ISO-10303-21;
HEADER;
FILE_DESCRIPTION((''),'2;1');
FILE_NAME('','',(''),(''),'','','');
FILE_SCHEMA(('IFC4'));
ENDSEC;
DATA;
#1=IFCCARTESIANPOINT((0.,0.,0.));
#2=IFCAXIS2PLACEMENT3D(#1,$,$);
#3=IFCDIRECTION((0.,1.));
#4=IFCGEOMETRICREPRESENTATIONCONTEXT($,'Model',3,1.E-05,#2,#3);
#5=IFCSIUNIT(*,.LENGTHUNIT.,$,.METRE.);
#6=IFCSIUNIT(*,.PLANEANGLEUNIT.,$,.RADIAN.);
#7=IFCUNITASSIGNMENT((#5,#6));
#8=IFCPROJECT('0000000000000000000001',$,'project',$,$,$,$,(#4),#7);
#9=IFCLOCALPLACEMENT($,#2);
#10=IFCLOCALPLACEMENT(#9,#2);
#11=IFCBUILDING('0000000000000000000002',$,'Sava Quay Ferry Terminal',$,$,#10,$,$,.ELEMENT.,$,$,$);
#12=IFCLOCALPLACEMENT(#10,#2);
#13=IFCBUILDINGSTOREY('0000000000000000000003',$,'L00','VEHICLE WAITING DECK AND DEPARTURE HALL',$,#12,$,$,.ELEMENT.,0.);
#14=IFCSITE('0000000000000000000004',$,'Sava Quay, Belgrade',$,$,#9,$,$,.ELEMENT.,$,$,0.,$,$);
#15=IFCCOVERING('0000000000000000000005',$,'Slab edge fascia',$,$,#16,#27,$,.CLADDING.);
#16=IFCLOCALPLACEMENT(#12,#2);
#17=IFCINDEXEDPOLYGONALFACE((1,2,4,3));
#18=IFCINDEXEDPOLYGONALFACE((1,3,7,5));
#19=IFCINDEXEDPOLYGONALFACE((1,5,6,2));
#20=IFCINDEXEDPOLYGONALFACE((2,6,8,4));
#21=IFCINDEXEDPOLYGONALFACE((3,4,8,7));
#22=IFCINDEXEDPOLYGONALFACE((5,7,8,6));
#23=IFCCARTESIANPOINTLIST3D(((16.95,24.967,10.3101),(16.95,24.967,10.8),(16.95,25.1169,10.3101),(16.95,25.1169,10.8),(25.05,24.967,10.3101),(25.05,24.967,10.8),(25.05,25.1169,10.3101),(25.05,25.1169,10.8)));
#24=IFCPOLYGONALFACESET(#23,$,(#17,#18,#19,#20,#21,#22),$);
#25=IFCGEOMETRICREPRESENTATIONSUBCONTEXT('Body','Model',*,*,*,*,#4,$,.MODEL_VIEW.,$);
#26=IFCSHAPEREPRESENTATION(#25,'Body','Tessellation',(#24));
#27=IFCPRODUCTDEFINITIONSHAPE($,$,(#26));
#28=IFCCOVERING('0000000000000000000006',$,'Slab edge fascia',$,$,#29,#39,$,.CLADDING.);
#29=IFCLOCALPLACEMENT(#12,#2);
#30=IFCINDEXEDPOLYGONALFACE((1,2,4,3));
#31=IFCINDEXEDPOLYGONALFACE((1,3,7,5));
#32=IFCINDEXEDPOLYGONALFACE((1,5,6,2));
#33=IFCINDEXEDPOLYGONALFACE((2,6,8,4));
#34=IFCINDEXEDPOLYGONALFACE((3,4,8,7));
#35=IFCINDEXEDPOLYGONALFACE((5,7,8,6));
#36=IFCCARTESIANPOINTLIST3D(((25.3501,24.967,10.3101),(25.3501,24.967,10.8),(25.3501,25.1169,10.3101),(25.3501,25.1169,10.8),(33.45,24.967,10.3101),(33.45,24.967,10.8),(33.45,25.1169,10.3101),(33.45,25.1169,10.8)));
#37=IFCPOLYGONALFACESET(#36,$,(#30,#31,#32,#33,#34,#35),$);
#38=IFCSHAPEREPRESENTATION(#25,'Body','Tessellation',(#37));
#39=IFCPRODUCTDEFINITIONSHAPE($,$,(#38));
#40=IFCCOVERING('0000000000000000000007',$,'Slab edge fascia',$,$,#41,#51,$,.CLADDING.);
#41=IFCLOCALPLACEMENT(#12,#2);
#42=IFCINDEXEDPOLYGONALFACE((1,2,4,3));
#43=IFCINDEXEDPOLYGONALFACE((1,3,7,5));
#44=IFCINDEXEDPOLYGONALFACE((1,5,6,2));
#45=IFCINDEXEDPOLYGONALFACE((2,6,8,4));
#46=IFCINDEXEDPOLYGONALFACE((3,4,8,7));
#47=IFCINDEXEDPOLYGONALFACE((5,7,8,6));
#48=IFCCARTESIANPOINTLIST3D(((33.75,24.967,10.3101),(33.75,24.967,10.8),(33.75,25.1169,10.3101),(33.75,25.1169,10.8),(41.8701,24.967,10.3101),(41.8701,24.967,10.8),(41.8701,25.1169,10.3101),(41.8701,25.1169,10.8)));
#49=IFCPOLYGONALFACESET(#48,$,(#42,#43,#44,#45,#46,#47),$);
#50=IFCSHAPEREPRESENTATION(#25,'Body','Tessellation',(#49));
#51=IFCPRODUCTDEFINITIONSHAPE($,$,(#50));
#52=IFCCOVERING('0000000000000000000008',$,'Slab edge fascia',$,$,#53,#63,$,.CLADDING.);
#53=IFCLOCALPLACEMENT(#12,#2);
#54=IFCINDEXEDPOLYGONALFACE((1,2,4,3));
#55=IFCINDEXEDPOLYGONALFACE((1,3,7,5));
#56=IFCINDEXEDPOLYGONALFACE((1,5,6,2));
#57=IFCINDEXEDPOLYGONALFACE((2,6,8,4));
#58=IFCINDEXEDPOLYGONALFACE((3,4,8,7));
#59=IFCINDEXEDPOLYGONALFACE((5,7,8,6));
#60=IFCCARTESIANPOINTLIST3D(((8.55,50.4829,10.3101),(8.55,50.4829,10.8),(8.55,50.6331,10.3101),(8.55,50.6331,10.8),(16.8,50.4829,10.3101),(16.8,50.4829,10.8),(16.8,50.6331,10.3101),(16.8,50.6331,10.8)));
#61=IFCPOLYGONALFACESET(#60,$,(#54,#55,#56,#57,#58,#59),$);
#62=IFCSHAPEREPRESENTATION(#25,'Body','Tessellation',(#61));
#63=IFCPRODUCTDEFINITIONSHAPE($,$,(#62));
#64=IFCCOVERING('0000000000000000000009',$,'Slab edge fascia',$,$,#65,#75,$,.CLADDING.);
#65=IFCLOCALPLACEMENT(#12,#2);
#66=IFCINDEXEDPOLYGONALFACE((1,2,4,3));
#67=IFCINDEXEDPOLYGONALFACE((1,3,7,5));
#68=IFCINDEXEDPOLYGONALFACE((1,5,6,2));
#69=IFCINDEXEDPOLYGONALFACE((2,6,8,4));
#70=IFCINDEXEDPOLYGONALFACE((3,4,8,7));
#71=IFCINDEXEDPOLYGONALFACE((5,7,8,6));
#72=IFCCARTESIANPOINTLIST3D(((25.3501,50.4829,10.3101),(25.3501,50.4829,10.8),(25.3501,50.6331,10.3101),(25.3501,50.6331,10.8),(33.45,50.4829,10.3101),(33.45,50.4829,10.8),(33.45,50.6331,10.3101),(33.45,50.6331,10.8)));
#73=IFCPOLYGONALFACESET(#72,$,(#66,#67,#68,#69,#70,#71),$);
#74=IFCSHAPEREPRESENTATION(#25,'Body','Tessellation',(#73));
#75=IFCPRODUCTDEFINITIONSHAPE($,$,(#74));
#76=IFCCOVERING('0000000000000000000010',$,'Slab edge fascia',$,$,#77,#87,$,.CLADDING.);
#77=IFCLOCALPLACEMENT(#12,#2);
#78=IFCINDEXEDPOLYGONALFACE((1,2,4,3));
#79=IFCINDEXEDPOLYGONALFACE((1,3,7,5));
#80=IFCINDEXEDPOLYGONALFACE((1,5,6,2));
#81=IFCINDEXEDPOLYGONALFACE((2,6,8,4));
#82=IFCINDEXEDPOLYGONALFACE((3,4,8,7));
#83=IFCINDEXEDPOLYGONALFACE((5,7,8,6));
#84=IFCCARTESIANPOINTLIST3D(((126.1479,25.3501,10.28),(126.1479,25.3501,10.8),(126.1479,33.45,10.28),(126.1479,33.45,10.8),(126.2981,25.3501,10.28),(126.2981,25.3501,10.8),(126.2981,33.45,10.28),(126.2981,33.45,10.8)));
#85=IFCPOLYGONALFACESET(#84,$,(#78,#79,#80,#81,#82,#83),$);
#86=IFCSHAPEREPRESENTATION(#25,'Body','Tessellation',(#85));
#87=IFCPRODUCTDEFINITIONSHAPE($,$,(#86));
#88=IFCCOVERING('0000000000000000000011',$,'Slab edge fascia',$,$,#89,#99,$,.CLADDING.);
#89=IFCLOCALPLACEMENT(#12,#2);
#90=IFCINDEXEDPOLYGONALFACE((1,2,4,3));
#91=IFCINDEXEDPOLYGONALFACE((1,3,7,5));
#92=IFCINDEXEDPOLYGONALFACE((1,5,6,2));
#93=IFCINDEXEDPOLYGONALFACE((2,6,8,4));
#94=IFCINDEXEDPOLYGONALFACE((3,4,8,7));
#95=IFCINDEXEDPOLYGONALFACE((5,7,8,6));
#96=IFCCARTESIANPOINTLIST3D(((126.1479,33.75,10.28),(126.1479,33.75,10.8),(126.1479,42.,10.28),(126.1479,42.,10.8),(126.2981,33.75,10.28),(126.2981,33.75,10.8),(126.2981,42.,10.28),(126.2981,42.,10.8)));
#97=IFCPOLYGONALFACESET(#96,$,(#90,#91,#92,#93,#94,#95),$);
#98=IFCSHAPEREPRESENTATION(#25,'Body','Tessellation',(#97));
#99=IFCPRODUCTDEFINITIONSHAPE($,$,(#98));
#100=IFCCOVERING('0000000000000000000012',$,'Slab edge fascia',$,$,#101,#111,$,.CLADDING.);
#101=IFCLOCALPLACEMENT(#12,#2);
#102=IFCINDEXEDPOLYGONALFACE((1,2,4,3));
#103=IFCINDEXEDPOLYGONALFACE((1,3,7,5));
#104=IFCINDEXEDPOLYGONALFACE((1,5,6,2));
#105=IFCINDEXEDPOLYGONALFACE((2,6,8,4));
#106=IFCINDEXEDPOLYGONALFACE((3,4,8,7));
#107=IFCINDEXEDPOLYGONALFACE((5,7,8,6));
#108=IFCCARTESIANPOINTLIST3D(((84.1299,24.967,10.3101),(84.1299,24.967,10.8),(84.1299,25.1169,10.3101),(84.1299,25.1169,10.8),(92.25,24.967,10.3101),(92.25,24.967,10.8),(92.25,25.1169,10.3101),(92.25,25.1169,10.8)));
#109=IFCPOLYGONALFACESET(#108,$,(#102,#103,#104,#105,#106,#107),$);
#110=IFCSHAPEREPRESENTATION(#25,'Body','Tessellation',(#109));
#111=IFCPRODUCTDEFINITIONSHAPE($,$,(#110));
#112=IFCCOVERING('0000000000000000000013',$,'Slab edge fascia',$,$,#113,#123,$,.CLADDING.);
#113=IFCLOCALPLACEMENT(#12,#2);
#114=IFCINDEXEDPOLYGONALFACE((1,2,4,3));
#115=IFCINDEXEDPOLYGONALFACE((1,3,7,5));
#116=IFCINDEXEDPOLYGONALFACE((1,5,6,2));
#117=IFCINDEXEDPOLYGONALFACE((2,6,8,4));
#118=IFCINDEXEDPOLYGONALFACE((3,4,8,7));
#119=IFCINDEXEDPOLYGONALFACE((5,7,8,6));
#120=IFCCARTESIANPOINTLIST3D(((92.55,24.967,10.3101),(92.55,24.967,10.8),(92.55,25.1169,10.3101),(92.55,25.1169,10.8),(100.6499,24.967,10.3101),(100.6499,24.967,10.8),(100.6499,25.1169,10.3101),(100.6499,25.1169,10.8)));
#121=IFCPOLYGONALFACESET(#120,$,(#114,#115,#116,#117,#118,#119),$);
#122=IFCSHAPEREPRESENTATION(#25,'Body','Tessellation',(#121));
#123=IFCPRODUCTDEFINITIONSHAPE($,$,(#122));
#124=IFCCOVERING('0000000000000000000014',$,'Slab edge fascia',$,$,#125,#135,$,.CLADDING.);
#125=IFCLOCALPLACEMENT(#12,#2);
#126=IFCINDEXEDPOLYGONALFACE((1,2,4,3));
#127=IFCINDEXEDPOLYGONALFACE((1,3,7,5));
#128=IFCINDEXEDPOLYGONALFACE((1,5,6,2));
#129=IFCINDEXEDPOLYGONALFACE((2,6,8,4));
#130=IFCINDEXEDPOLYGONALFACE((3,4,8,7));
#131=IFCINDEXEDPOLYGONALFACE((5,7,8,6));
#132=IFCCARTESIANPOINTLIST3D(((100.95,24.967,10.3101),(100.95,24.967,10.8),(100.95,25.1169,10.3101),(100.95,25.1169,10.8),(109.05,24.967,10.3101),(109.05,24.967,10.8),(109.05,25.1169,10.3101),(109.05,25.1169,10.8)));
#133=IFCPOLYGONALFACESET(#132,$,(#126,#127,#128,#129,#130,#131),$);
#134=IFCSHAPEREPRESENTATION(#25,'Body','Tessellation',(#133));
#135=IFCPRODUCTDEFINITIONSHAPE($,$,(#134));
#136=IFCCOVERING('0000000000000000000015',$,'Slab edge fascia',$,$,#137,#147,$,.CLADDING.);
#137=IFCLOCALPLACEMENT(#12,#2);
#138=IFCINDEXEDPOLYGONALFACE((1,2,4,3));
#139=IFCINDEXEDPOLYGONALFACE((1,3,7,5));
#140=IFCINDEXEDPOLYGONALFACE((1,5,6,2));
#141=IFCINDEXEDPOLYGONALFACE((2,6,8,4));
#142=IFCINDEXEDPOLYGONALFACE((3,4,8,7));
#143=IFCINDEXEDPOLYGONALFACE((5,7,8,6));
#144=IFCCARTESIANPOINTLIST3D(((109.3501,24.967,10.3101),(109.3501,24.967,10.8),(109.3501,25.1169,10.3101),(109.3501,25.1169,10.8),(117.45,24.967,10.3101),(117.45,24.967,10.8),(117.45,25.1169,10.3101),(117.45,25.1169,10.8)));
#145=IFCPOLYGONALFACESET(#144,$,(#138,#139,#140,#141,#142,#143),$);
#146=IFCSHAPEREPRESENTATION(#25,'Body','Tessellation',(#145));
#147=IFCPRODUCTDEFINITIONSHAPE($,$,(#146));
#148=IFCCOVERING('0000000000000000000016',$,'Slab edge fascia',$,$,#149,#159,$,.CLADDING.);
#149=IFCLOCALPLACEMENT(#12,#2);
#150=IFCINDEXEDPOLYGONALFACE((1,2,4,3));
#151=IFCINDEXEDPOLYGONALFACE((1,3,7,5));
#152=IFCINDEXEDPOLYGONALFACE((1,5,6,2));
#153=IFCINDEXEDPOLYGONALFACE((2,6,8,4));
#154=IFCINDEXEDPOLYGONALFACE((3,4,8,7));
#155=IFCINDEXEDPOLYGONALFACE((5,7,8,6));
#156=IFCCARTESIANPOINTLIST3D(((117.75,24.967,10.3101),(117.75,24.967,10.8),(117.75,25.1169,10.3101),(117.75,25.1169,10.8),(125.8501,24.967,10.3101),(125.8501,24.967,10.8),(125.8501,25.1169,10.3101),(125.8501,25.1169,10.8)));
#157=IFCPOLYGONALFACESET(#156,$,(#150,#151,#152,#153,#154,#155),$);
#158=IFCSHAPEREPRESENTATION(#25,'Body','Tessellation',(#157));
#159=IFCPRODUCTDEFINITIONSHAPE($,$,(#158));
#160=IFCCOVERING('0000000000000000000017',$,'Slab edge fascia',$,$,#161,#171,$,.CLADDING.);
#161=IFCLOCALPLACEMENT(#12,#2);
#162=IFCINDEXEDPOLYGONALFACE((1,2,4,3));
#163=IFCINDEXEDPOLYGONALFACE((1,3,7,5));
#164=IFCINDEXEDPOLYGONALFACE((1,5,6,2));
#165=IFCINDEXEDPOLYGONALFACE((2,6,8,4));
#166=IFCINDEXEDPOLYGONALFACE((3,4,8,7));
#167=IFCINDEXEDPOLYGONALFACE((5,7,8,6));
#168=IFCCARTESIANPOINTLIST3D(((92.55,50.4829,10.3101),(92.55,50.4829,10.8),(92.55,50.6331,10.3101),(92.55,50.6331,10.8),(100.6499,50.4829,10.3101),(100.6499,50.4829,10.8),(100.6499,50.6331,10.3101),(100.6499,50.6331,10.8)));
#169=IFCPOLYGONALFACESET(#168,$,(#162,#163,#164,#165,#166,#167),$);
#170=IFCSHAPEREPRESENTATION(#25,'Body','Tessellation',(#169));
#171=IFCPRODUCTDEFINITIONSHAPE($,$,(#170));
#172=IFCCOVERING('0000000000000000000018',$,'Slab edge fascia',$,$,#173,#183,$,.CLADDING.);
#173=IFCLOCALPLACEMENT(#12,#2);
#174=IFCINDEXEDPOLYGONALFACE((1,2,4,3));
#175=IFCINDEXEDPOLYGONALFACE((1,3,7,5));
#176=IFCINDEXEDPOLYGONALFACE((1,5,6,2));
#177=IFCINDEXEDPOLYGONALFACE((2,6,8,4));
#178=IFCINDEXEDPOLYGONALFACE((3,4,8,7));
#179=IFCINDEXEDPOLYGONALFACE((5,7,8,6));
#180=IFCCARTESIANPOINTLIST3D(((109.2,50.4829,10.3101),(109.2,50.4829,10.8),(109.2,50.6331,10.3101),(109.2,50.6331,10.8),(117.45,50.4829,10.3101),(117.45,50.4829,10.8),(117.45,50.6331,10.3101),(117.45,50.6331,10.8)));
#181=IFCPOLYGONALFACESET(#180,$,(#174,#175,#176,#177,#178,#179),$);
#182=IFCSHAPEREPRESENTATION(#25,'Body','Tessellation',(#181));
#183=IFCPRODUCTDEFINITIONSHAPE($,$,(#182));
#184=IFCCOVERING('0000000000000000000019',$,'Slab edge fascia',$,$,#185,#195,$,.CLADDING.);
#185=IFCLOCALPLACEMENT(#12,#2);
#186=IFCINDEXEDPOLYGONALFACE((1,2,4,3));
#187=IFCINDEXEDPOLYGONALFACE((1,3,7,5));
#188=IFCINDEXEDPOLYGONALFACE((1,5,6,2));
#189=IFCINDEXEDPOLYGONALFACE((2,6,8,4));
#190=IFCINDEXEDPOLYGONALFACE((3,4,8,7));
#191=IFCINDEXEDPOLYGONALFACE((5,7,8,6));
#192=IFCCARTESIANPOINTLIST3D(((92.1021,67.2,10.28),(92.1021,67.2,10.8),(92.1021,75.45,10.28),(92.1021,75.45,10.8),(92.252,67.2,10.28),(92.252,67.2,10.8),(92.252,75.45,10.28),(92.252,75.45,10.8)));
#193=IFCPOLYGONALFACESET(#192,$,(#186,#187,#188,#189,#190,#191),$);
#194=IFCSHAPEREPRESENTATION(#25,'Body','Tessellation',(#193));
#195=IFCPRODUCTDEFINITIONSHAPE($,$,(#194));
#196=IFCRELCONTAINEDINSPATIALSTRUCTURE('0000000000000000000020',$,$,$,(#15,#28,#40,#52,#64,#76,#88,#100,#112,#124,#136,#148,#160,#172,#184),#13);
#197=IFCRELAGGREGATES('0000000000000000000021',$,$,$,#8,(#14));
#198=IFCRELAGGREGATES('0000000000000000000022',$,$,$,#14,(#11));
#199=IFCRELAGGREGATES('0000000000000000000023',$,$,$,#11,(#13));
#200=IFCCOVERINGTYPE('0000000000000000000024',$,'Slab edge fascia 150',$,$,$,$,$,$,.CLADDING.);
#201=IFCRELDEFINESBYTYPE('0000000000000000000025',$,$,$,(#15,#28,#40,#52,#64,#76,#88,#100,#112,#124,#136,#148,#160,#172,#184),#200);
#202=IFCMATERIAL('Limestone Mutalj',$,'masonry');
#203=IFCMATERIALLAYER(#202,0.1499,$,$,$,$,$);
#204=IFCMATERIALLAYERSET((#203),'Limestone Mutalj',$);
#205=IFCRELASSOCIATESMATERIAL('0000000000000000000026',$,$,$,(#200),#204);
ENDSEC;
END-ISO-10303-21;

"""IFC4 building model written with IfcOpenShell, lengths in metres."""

from ifc_helpers import new_model, si_unit, direction, frame, origin, place, context, subcontext, project, spatial, polyline, outline, extrude, material, layer, layer_set, type_object, element, save


model = new_model("IFC4")

# Units and contexts
model_context = context("Model", 3, precision=1e-05, world=origin(), true_north=direction((0.0, 1.0)))
body_context = subcontext(model_context, "Body", "Model", "MODEL_VIEW")
ifc_project = project(units=[si_unit("LENGTHUNIT", "METRE"), si_unit("PLANEANGLEUNIT", "RADIAN")], contexts=[model_context])

# Site, building, storey
site_placement = place(None, origin())
site = spatial("IfcSite", under=ifc_project, at=site_placement, Name="Sava Quay, Belgrade", CompositionType="ELEMENT", RefElevation=0.0)
building_placement = place(site_placement, origin())
building = spatial("IfcBuilding", under=site, at=building_placement, Name="Sava Quay Ferry Terminal", CompositionType="ELEMENT")
storey_placement = place(building_placement, origin())
storey = spatial("IfcBuildingStorey", under=building, at=storey_placement, Name="L00", Description="VEHICLE WAITING DECK AND DEPARTURE HALL", CompositionType="ELEMENT", Elevation=0.0)

# Coverings
ifc_material_1 = material(Name="Limestone Mutalj", Category="masonry")
ifc_layer_1 = layer(ifc_material_1, 0.1499)
ifc_layer_set_1 = layer_set([ifc_layer_1], Name="Limestone Mutalj")
covering_type_1 = type_object("IfcCoveringType", Name="Slab edge fascia 150", PredefinedType="CLADDING", material=ifc_layer_set_1)
covering_1_placement = place(storey_placement, frame((0.0, 0.0, 10.3101)))
element("IfcCovering", 1, at=covering_1_placement, inside=storey, type_object=covering_type_1, Name="Slab edge fascia", PredefinedType="CLADDING", context=body_context, shape_type="SweptSolid", body=[
    extrude(outline(polyline([(25.05, 25.1169), (16.95, 25.1169), (16.95, 24.967), (25.05, 24.967), (25.05, 25.1169)])), origin(), (0.0, 0.0, 1.0), 0.49),
])
covering_2_placement = place(storey_placement, frame((0.0, 0.0, 10.3101)))
element("IfcCovering", 2, at=covering_2_placement, inside=storey, type_object=covering_type_1, Name="Slab edge fascia", PredefinedType="CLADDING", context=body_context, shape_type="SweptSolid", body=[
    extrude(outline(polyline([(33.45, 25.1169), (25.3501, 25.1169), (25.3501, 24.967), (33.45, 24.967), (33.45, 25.1169)])), origin(), (0.0, 0.0, 1.0), 0.49),
])
covering_3_placement = place(storey_placement, frame((0.0, 0.0, 10.3101)))
element("IfcCovering", 3, at=covering_3_placement, inside=storey, type_object=covering_type_1, Name="Slab edge fascia", PredefinedType="CLADDING", context=body_context, shape_type="SweptSolid", body=[
    extrude(outline(polyline([(41.8701, 25.1169), (33.75, 25.1169), (33.75, 24.967), (41.8701, 24.967), (41.8701, 25.1169)])), origin(), (0.0, 0.0, 1.0), 0.49),
])
covering_4_placement = place(storey_placement, frame((0.0, 0.0, 10.3101)))
element("IfcCovering", 4, at=covering_4_placement, inside=storey, type_object=covering_type_1, Name="Slab edge fascia", PredefinedType="CLADDING", context=body_context, shape_type="SweptSolid", body=[
    extrude(outline(polyline([(8.55, 50.4829), (16.8, 50.4829), (16.8, 50.6331), (8.55, 50.6331), (8.55, 50.4829)])), origin(), (0.0, 0.0, 1.0), 0.49),
])
covering_5_placement = place(storey_placement, frame((0.0, 0.0, 10.3101)))
element("IfcCovering", 5, at=covering_5_placement, inside=storey, type_object=covering_type_1, Name="Slab edge fascia", PredefinedType="CLADDING", context=body_context, shape_type="SweptSolid", body=[
    extrude(outline(polyline([(25.3501, 50.6331), (25.3501, 50.4829), (33.45, 50.4829), (33.45, 50.6331), (25.3501, 50.6331)])), origin(), (0.0, 0.0, 1.0), 0.49),
])
covering_6_placement = place(storey_placement, frame((0.0, 0.0, 10.28)))
element("IfcCovering", 6, at=covering_6_placement, inside=storey, type_object=covering_type_1, Name="Slab edge fascia", PredefinedType="CLADDING", context=body_context, shape_type="SweptSolid", body=[
    extrude(outline(polyline([(126.1479, 33.45), (126.1479, 25.3501), (126.2981, 25.3501), (126.2981, 33.45), (126.1479, 33.45)])), origin(), (0.0, 0.0, 1.0), 0.52),
])
covering_7_placement = place(storey_placement, frame((0.0, 0.0, 10.28)))
element("IfcCovering", 7, at=covering_7_placement, inside=storey, type_object=covering_type_1, Name="Slab edge fascia", PredefinedType="CLADDING", context=body_context, shape_type="SweptSolid", body=[
    extrude(outline(polyline([(126.1479, 42.0), (126.1479, 33.75), (126.2981, 33.75), (126.2981, 42.0), (126.1479, 42.0)])), origin(), (0.0, 0.0, 1.0), 0.52),
])
covering_8_placement = place(storey_placement, frame((0.0, 0.0, 10.3101)))
element("IfcCovering", 8, at=covering_8_placement, inside=storey, type_object=covering_type_1, Name="Slab edge fascia", PredefinedType="CLADDING", context=body_context, shape_type="SweptSolid", body=[
    extrude(outline(polyline([(92.25, 25.1169), (84.1299, 25.1169), (84.1299, 24.967), (92.25, 24.967), (92.25, 25.1169)])), origin(), (0.0, 0.0, 1.0), 0.49),
])
covering_9_placement = place(storey_placement, frame((0.0, 0.0, 10.3101)))
element("IfcCovering", 9, at=covering_9_placement, inside=storey, type_object=covering_type_1, Name="Slab edge fascia", PredefinedType="CLADDING", context=body_context, shape_type="SweptSolid", body=[
    extrude(outline(polyline([(100.6499, 25.1169), (92.55, 25.1169), (92.55, 24.967), (100.6499, 24.967), (100.6499, 25.1169)])), origin(), (0.0, 0.0, 1.0), 0.49),
])
covering_10_placement = place(storey_placement, frame((0.0, 0.0, 10.3101)))
element("IfcCovering", 10, at=covering_10_placement, inside=storey, type_object=covering_type_1, Name="Slab edge fascia", PredefinedType="CLADDING", context=body_context, shape_type="SweptSolid", body=[
    extrude(outline(polyline([(109.05, 25.1169), (100.95, 25.1169), (100.95, 24.967), (109.05, 24.967), (109.05, 25.1169)])), origin(), (0.0, 0.0, 1.0), 0.49),
])
covering_11_placement = place(storey_placement, frame((0.0, 0.0, 10.3101)))
element("IfcCovering", 11, at=covering_11_placement, inside=storey, type_object=covering_type_1, Name="Slab edge fascia", PredefinedType="CLADDING", context=body_context, shape_type="SweptSolid", body=[
    extrude(outline(polyline([(117.45, 25.1169), (109.3501, 25.1169), (109.3501, 24.967), (117.45, 24.967), (117.45, 25.1169)])), origin(), (0.0, 0.0, 1.0), 0.49),
])
covering_12_placement = place(storey_placement, frame((0.0, 0.0, 10.3101)))
element("IfcCovering", 12, at=covering_12_placement, inside=storey, type_object=covering_type_1, Name="Slab edge fascia", PredefinedType="CLADDING", context=body_context, shape_type="SweptSolid", body=[
    extrude(outline(polyline([(125.8501, 25.1169), (117.75, 25.1169), (117.75, 24.967), (125.8501, 24.967), (125.8501, 25.1169)])), origin(), (0.0, 0.0, 1.0), 0.49),
])
covering_13_placement = place(storey_placement, frame((0.0, 0.0, 10.3101)))
element("IfcCovering", 13, at=covering_13_placement, inside=storey, type_object=covering_type_1, Name="Slab edge fascia", PredefinedType="CLADDING", context=body_context, shape_type="SweptSolid", body=[
    extrude(outline(polyline([(92.55, 50.6331), (92.55, 50.4829), (100.6499, 50.4829), (100.6499, 50.6331), (92.55, 50.6331)])), origin(), (0.0, 0.0, 1.0), 0.49),
])
covering_14_placement = place(storey_placement, frame((0.0, 0.0, 10.3101)))
element("IfcCovering", 14, at=covering_14_placement, inside=storey, type_object=covering_type_1, Name="Slab edge fascia", PredefinedType="CLADDING", context=body_context, shape_type="SweptSolid", body=[
    extrude(outline(polyline([(109.2, 50.6331), (109.2, 50.4829), (117.45, 50.4829), (117.45, 50.6331), (109.2, 50.6331)])), origin(), (0.0, 0.0, 1.0), 0.49),
])
covering_15_placement = place(storey_placement, frame((0.0, 0.0, 10.28)))
element("IfcCovering", 15, at=covering_15_placement, inside=storey, type_object=covering_type_1, Name="Slab edge fascia", PredefinedType="CLADDING", context=body_context, shape_type="SweptSolid", body=[
    extrude(outline(polyline([(92.1021, 67.2), (92.252, 67.2), (92.252, 75.45), (92.1021, 75.45), (92.1021, 67.2)])), origin(), (0.0, 0.0, 1.0), 0.52),
])

save(model, "model.ifc")
